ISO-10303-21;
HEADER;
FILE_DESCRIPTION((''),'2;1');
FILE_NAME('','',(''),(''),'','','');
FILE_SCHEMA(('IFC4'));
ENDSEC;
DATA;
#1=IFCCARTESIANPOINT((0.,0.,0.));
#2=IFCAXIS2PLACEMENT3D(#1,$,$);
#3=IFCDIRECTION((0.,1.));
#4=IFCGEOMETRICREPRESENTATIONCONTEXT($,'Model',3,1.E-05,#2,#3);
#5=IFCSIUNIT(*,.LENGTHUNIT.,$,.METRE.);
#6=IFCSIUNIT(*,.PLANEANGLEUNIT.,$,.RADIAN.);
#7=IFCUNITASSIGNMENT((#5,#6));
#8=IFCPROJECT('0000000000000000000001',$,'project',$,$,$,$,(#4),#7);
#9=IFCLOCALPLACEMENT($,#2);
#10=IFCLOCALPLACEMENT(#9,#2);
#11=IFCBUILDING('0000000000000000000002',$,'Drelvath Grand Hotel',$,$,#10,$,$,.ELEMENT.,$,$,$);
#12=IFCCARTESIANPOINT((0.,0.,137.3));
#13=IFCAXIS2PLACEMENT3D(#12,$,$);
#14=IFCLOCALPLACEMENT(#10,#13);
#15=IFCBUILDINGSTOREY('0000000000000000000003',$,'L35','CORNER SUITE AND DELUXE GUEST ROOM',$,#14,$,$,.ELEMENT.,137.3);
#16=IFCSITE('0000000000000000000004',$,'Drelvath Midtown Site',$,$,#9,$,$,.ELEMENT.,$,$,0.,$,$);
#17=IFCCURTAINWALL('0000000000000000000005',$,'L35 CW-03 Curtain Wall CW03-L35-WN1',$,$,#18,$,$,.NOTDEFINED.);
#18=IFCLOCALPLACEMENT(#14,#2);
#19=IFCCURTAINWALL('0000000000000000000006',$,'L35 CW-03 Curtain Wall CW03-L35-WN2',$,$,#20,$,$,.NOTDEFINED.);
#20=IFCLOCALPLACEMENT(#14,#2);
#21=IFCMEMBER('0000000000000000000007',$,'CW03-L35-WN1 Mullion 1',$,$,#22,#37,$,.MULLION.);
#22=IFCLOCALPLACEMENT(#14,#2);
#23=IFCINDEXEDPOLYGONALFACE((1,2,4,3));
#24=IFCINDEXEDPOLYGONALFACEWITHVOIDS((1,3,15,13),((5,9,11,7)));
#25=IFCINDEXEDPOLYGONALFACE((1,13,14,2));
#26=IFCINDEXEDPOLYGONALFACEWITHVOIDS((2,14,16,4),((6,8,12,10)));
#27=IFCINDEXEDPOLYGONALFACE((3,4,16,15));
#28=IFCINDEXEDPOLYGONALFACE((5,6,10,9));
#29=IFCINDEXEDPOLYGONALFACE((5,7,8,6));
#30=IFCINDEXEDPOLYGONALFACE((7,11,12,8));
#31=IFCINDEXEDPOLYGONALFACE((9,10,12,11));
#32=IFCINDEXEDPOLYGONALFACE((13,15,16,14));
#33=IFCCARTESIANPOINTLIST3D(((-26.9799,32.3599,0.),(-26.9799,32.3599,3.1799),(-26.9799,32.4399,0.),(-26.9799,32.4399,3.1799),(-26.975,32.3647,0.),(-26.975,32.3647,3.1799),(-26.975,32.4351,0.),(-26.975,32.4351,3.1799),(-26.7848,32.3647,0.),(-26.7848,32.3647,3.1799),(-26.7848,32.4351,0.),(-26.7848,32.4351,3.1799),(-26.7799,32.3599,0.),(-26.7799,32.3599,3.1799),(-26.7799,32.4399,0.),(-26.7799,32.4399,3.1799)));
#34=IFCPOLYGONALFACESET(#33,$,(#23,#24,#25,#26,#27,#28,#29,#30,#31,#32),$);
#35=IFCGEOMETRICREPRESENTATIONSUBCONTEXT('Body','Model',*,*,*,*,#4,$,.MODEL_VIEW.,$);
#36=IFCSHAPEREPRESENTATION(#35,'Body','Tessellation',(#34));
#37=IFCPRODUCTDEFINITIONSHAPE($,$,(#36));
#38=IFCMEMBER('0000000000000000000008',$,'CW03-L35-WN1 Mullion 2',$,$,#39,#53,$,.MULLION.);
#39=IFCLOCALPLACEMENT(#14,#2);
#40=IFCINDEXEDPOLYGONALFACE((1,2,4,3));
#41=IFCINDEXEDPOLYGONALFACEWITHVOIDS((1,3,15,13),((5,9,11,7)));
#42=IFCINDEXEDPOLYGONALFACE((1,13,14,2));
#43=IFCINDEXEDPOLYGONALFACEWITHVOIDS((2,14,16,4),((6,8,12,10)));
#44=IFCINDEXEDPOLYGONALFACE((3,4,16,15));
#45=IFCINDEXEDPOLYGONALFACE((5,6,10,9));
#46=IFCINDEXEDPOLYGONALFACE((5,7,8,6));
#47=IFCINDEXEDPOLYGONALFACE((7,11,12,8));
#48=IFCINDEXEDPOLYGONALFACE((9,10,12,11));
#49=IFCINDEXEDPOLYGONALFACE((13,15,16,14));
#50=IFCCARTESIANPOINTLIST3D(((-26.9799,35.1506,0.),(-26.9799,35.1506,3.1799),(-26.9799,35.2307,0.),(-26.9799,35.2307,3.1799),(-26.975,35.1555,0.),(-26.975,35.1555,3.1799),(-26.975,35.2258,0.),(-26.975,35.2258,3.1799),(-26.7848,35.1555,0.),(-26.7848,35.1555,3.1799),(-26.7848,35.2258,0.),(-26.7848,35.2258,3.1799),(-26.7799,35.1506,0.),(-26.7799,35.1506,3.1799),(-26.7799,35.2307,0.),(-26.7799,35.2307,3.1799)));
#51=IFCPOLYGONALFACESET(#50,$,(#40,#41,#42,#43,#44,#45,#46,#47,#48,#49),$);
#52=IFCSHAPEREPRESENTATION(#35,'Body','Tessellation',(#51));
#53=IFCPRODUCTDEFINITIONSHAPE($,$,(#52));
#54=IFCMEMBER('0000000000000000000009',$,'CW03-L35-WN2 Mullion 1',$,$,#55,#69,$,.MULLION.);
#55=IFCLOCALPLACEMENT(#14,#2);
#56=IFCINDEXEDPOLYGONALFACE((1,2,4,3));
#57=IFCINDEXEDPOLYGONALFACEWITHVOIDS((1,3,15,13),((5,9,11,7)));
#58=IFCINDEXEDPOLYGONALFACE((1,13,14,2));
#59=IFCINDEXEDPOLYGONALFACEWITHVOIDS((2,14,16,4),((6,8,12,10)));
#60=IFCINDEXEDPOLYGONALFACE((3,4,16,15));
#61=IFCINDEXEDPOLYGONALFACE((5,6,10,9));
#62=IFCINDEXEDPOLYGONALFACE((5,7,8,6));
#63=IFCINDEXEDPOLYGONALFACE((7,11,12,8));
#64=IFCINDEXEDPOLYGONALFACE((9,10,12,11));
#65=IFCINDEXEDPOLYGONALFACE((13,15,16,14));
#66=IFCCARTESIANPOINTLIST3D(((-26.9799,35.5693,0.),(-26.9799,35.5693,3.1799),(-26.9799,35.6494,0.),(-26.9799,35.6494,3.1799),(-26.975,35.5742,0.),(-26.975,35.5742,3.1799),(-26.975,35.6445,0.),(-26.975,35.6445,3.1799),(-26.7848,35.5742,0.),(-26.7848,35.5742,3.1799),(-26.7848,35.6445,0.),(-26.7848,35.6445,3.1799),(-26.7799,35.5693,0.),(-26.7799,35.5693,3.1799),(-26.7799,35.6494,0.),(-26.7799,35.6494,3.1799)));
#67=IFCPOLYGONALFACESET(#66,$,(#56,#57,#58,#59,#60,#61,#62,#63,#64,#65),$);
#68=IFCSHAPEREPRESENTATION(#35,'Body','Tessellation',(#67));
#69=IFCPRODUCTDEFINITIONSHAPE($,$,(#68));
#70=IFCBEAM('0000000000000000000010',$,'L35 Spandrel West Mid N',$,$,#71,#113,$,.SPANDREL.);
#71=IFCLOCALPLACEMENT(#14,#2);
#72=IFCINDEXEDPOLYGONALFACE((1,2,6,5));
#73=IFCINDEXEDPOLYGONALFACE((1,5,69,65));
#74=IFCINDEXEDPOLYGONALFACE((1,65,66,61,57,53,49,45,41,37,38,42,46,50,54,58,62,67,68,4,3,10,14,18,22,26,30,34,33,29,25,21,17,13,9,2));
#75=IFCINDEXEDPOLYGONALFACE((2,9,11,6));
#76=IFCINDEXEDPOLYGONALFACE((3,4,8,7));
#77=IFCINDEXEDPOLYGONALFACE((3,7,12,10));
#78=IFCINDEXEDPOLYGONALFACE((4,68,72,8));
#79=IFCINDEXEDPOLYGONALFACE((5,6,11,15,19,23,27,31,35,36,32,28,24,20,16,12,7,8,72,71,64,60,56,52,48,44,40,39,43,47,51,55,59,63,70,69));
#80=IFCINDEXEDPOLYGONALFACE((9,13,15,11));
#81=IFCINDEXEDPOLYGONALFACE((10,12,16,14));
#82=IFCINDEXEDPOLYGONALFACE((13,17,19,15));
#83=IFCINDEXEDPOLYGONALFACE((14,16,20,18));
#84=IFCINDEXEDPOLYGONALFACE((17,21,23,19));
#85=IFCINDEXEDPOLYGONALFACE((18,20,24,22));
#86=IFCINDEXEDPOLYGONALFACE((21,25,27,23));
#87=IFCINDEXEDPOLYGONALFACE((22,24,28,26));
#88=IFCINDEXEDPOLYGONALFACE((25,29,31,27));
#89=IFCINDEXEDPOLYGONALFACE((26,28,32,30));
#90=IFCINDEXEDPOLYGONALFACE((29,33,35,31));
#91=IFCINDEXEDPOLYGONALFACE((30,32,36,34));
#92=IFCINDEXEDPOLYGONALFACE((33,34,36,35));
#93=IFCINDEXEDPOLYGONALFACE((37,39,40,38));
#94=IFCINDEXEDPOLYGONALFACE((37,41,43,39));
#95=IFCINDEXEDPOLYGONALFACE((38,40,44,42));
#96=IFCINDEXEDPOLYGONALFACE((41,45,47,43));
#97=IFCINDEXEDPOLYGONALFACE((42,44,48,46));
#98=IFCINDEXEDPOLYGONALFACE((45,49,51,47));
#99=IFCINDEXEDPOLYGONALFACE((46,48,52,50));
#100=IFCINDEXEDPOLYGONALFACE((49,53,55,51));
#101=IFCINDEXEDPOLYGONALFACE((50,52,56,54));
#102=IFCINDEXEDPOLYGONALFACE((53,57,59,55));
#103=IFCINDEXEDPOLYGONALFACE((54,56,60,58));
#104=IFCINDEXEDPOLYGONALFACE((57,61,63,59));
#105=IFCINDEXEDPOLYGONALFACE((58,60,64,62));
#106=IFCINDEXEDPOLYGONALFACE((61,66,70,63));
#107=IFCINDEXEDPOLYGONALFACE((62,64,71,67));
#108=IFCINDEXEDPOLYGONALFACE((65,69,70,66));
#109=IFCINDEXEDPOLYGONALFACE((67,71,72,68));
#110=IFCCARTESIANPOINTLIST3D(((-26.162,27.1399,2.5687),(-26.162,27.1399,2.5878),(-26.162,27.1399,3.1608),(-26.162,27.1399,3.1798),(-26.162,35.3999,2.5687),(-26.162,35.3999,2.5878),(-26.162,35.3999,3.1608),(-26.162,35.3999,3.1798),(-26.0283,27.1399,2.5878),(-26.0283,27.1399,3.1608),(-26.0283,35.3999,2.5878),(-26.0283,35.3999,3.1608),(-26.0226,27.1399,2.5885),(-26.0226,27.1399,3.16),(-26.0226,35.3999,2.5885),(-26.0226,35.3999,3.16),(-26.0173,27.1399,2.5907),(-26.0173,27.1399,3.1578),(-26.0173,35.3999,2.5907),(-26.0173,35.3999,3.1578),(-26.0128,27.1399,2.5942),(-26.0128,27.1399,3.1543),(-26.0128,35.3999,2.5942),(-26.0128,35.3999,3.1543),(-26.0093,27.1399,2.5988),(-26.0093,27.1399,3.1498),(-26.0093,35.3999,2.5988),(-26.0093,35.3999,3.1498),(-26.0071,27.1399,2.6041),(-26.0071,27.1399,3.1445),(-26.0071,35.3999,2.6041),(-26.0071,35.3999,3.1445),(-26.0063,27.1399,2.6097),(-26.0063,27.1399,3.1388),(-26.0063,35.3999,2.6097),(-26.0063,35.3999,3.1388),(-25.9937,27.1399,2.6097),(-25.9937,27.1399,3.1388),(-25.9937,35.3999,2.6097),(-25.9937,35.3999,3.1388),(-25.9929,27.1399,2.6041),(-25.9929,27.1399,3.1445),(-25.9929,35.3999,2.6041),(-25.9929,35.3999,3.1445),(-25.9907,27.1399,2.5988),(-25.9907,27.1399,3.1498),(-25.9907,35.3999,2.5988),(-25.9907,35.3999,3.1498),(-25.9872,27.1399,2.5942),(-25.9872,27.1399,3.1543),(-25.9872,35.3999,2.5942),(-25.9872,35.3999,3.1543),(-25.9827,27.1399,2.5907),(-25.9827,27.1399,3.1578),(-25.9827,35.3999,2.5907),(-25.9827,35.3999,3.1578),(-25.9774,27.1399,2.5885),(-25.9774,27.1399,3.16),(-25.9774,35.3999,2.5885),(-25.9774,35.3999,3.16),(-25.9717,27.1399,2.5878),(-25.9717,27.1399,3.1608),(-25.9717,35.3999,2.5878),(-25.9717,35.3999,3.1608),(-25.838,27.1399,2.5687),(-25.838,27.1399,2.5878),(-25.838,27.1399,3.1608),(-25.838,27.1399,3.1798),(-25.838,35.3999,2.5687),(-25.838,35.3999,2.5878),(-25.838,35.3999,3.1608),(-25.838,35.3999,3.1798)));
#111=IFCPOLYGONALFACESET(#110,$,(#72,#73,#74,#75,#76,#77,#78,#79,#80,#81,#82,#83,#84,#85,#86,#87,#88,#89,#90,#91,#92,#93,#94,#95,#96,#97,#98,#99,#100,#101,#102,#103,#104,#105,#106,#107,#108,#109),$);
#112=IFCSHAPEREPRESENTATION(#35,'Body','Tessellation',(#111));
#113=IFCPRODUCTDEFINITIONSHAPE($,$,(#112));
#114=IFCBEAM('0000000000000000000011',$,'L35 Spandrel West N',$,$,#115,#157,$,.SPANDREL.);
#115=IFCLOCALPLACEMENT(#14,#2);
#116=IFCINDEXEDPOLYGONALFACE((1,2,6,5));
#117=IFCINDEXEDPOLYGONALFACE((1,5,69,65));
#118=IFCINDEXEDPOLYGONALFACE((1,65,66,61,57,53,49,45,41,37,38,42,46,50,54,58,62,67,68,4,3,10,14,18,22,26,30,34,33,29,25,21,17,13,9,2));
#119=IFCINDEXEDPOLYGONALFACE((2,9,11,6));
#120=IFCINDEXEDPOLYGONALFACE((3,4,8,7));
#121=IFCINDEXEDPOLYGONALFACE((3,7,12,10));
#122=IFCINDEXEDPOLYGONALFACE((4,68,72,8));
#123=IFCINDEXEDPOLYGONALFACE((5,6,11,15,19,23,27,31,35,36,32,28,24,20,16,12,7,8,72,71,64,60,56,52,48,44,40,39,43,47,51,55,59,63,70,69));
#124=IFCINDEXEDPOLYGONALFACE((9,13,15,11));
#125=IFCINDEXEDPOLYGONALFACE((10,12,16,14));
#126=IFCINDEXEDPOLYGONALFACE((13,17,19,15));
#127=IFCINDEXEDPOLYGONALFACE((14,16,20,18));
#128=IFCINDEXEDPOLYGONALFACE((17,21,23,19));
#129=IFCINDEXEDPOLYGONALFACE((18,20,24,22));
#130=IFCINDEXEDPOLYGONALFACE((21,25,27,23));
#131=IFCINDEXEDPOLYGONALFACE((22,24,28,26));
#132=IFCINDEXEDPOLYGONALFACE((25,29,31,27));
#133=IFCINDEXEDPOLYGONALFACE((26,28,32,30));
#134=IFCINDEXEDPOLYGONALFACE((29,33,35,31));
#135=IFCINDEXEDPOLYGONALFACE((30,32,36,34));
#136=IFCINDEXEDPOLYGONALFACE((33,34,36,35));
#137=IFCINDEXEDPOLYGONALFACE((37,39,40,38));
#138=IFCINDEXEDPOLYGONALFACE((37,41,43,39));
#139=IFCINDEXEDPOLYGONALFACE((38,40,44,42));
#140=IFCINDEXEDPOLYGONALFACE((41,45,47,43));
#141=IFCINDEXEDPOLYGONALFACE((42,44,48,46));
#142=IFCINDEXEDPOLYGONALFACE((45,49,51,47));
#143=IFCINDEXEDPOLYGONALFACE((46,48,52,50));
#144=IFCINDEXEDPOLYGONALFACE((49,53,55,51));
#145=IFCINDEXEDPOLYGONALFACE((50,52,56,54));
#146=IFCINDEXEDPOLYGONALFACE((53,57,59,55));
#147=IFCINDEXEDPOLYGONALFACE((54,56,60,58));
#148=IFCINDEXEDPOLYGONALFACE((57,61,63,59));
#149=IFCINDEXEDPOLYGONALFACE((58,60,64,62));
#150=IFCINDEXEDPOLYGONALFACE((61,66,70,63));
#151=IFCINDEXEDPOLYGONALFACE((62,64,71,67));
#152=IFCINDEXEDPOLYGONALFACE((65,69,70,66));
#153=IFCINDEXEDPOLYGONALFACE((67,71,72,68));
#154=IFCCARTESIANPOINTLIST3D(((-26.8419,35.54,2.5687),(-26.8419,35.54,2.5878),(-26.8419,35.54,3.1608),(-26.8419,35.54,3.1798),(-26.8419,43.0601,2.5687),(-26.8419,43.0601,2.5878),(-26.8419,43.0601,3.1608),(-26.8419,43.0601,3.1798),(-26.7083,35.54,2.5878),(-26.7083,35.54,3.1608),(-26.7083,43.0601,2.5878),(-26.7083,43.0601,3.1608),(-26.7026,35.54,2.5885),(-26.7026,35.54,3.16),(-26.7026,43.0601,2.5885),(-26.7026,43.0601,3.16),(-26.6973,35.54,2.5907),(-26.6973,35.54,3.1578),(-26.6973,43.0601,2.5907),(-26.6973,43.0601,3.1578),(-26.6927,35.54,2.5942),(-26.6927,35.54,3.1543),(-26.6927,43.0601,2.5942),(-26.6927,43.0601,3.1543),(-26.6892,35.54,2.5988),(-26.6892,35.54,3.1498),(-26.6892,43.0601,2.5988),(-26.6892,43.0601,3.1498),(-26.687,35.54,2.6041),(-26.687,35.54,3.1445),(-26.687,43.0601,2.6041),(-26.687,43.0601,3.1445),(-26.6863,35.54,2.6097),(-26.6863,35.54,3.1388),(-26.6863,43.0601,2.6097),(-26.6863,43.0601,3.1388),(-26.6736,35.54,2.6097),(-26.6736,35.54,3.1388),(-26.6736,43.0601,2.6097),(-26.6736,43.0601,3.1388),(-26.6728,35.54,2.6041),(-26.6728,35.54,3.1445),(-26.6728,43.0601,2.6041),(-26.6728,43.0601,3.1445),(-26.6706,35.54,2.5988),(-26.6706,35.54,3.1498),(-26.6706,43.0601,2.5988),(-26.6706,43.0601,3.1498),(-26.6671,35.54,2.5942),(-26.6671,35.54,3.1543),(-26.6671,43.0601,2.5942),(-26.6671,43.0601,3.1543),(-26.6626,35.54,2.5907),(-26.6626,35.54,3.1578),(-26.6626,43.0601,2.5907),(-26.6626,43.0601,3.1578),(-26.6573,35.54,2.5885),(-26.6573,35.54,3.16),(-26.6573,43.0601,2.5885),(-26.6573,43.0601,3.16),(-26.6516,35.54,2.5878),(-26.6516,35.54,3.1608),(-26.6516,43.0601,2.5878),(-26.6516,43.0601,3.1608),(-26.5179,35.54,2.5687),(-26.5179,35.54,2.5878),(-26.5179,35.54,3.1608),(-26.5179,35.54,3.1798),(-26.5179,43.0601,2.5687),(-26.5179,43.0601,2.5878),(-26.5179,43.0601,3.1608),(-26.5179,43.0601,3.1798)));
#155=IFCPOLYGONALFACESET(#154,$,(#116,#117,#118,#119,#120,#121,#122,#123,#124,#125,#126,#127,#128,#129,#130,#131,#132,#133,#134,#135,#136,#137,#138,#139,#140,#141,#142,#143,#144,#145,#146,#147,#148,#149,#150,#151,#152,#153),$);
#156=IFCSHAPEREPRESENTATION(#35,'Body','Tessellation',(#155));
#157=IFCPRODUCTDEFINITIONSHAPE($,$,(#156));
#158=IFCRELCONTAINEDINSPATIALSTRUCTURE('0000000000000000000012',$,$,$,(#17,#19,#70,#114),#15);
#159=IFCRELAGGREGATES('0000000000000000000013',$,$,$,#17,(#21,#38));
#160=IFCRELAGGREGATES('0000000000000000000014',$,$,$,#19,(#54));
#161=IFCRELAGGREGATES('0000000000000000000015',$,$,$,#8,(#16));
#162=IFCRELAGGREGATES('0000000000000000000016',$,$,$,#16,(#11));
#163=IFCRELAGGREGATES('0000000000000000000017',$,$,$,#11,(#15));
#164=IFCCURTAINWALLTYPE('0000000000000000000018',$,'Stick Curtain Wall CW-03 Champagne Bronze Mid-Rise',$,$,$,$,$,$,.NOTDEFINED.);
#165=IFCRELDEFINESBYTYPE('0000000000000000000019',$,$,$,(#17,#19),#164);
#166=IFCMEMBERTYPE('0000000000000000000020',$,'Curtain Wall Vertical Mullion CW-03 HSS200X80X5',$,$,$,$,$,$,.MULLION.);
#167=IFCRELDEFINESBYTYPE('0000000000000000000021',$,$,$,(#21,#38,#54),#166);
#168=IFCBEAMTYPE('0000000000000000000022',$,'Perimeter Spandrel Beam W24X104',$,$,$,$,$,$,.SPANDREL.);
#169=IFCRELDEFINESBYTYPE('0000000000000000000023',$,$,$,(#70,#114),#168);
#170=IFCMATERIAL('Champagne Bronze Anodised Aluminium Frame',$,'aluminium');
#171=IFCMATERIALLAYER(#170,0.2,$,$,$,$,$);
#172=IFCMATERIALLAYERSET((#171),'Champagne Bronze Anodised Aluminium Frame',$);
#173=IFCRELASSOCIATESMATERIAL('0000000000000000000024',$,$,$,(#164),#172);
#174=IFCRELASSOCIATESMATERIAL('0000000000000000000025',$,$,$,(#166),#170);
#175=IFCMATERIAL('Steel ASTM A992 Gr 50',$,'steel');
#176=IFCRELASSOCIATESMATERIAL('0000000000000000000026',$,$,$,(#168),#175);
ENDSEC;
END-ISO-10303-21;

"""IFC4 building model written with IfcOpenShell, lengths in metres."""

from ifc_helpers import new_model, si_unit, direction, frame, origin, origin_2d, place, context, subcontext, project, spatial, hollow_rectangle, i_section, extrude, material, layer, layer_set, material_profile, profile_set, type_object, element, aggregate, save


model = new_model("IFC4")

# Units and contexts
model_context = context("Model", 3, precision=1e-05, world=origin(), true_north=direction((0.0, 1.0)))
body_context = subcontext(model_context, "Body", "Model", "MODEL_VIEW")
ifc_project = project(units=[si_unit("LENGTHUNIT", "METRE"), si_unit("PLANEANGLEUNIT", "RADIAN")], contexts=[model_context])

# Site, building, storey
site_placement = place(None, origin())
site = spatial("IfcSite", under=ifc_project, at=site_placement, Name="Drelvath Midtown Site", CompositionType="ELEMENT", RefElevation=0.0)
building_placement = place(site_placement, origin())
building = spatial("IfcBuilding", under=site, at=building_placement, Name="Drelvath Grand Hotel", CompositionType="ELEMENT")
storey_placement = place(building_placement, frame((0.0, 0.0, 137.3)))
storey = spatial("IfcBuildingStorey", under=building, at=storey_placement, Name="L35", Description="CORNER SUITE AND DELUXE GUEST ROOM", CompositionType="ELEMENT", Elevation=137.3)

# Curtain walls
ifc_material_1 = material(Name="Champagne Bronze Anodised Aluminium Frame", Category="aluminium")
ifc_layer_1 = layer(ifc_material_1, 0.2)
ifc_layer_set_1 = layer_set([ifc_layer_1], Name="Champagne Bronze Anodised Aluminium Frame")
curtain_wall_type = type_object("IfcCurtainWallType", Name="Stick Curtain Wall CW-03 Champagne Bronze Mid-Rise", PredefinedType="NOTDEFINED", material=ifc_layer_set_1)
curtain_wall_1_placement = place(storey_placement, origin())
curtain_wall_1 = element("IfcCurtainWall", 1, at=curtain_wall_1_placement, inside=storey, type_object=curtain_wall_type, Name="L35 CW-03 Curtain Wall CW03-L35-WN1", PredefinedType="NOTDEFINED")
curtain_wall_2_placement = place(storey_placement, origin())
curtain_wall_2 = element("IfcCurtainWall", 2, at=curtain_wall_2_placement, inside=storey, type_object=curtain_wall_type, Name="L35 CW-03 Curtain Wall CW03-L35-WN2", PredefinedType="NOTDEFINED")

# Members
ifc_material_profile_1 = material_profile(ifc_material_1, hollow_rectangle(XDim=0.0801, YDim=0.2, WallThickness=0.0049, at=origin_2d()), Name="HSS200X80X5")
ifc_profile_set_1 = profile_set([ifc_material_profile_1], Name="Champagne Bronze Anodised Aluminium Frame")
member_type_1 = type_object("IfcMemberType", Name="Curtain Wall Vertical Mullion CW-03 HSS200X80X5", PredefinedType="MULLION", material=ifc_profile_set_1)
member_1_placement = place(storey_placement, frame((-26.8799, 32.3999, 0.0), z_axis=(0.0, 0.0, 1.0), x_axis=(0.0, 1.0, 0.0)))
member_1 = element("IfcMember", 3, at=member_1_placement, type_object=member_type_1, Name="CW03-L35-WN1 Mullion 1", PredefinedType="MULLION", context=body_context, shape_type="SweptSolid", body=[
    extrude(hollow_rectangle(XDim=0.0801, YDim=0.2, WallThickness=0.0049, at=origin_2d()), origin(), (0.0, 0.0, 1.0), 3.1799),
])
member_2_placement = place(storey_placement, frame((-26.8799, 35.1907, 0.0), z_axis=(0.0, 0.0, 1.0), x_axis=(0.0, 1.0, 0.0)))
member_2 = element("IfcMember", 4, at=member_2_placement, type_object=member_type_1, Name="CW03-L35-WN1 Mullion 2", PredefinedType="MULLION", context=body_context, shape_type="SweptSolid", body=[
    extrude(hollow_rectangle(XDim=0.0801, YDim=0.2, WallThickness=0.0049, at=origin_2d()), origin(), (0.0, 0.0, 1.0), 3.1799),
])
member_3_placement = place(storey_placement, frame((-26.8799, 35.6094, 0.0), z_axis=(0.0, 0.0, 1.0), x_axis=(0.0, 1.0, 0.0)))
member_3 = element("IfcMember", 5, at=member_3_placement, type_object=member_type_1, Name="CW03-L35-WN2 Mullion 1", PredefinedType="MULLION", context=body_context, shape_type="SweptSolid", body=[
    extrude(hollow_rectangle(XDim=0.0801, YDim=0.2, WallThickness=0.0049, at=origin_2d()), origin(), (0.0, 0.0, 1.0), 3.1799),
])

# Beams
ifc_material_2 = material(Name="Steel ASTM A992 Gr 50", Category="steel")
ifc_material_profile_2 = material_profile(ifc_material_2, i_section(OverallWidth=0.324, OverallDepth=0.6111, WebThickness=0.0127, FlangeThickness=0.019, FilletRadius=0.022, at=origin_2d()), Name="W24X104")
ifc_profile_set_2 = profile_set([ifc_material_profile_2], Name="Steel ASTM A992 Gr 50")
beam_type_1 = type_object("IfcBeamType", Name="Perimeter Spandrel Beam W24X104", PredefinedType="SPANDREL", material=ifc_profile_set_2)
beam_1_placement = place(storey_placement, frame((-26.0, 27.1399, 2.8743), z_axis=(0.0, 1.0, 0.0), x_axis=(-1.0, 0.0, 0.0)))
element("IfcBeam", 6, at=beam_1_placement, inside=storey, type_object=beam_type_1, Name="L35 Spandrel West Mid N", PredefinedType="SPANDREL", context=body_context, shape_type="SweptSolid", body=[
    extrude(i_section(OverallWidth=0.324, OverallDepth=0.6111, WebThickness=0.0127, FlangeThickness=0.019, FilletRadius=0.022, at=origin_2d()), origin(), (0.0, 0.0, 1.0), 8.26),
])
beam_2_placement = place(storey_placement, frame((-26.6799, 35.54, 2.8743), z_axis=(0.0, 1.0, 0.0), x_axis=(-1.0, 0.0, 0.0)))
element("IfcBeam", 7, at=beam_2_placement, inside=storey, type_object=beam_type_1, Name="L35 Spandrel West N", PredefinedType="SPANDREL", context=body_context, shape_type="SweptSolid", body=[
    extrude(i_section(OverallWidth=0.324, OverallDepth=0.6111, WebThickness=0.0127, FlangeThickness=0.019, FilletRadius=0.022, at=origin_2d()), origin(), (0.0, 0.0, 1.0), 7.52),
])

aggregate(curtain_wall_1, [member_1, member_2])
aggregate(curtain_wall_2, [member_3])

save(model, "model.ifc")
